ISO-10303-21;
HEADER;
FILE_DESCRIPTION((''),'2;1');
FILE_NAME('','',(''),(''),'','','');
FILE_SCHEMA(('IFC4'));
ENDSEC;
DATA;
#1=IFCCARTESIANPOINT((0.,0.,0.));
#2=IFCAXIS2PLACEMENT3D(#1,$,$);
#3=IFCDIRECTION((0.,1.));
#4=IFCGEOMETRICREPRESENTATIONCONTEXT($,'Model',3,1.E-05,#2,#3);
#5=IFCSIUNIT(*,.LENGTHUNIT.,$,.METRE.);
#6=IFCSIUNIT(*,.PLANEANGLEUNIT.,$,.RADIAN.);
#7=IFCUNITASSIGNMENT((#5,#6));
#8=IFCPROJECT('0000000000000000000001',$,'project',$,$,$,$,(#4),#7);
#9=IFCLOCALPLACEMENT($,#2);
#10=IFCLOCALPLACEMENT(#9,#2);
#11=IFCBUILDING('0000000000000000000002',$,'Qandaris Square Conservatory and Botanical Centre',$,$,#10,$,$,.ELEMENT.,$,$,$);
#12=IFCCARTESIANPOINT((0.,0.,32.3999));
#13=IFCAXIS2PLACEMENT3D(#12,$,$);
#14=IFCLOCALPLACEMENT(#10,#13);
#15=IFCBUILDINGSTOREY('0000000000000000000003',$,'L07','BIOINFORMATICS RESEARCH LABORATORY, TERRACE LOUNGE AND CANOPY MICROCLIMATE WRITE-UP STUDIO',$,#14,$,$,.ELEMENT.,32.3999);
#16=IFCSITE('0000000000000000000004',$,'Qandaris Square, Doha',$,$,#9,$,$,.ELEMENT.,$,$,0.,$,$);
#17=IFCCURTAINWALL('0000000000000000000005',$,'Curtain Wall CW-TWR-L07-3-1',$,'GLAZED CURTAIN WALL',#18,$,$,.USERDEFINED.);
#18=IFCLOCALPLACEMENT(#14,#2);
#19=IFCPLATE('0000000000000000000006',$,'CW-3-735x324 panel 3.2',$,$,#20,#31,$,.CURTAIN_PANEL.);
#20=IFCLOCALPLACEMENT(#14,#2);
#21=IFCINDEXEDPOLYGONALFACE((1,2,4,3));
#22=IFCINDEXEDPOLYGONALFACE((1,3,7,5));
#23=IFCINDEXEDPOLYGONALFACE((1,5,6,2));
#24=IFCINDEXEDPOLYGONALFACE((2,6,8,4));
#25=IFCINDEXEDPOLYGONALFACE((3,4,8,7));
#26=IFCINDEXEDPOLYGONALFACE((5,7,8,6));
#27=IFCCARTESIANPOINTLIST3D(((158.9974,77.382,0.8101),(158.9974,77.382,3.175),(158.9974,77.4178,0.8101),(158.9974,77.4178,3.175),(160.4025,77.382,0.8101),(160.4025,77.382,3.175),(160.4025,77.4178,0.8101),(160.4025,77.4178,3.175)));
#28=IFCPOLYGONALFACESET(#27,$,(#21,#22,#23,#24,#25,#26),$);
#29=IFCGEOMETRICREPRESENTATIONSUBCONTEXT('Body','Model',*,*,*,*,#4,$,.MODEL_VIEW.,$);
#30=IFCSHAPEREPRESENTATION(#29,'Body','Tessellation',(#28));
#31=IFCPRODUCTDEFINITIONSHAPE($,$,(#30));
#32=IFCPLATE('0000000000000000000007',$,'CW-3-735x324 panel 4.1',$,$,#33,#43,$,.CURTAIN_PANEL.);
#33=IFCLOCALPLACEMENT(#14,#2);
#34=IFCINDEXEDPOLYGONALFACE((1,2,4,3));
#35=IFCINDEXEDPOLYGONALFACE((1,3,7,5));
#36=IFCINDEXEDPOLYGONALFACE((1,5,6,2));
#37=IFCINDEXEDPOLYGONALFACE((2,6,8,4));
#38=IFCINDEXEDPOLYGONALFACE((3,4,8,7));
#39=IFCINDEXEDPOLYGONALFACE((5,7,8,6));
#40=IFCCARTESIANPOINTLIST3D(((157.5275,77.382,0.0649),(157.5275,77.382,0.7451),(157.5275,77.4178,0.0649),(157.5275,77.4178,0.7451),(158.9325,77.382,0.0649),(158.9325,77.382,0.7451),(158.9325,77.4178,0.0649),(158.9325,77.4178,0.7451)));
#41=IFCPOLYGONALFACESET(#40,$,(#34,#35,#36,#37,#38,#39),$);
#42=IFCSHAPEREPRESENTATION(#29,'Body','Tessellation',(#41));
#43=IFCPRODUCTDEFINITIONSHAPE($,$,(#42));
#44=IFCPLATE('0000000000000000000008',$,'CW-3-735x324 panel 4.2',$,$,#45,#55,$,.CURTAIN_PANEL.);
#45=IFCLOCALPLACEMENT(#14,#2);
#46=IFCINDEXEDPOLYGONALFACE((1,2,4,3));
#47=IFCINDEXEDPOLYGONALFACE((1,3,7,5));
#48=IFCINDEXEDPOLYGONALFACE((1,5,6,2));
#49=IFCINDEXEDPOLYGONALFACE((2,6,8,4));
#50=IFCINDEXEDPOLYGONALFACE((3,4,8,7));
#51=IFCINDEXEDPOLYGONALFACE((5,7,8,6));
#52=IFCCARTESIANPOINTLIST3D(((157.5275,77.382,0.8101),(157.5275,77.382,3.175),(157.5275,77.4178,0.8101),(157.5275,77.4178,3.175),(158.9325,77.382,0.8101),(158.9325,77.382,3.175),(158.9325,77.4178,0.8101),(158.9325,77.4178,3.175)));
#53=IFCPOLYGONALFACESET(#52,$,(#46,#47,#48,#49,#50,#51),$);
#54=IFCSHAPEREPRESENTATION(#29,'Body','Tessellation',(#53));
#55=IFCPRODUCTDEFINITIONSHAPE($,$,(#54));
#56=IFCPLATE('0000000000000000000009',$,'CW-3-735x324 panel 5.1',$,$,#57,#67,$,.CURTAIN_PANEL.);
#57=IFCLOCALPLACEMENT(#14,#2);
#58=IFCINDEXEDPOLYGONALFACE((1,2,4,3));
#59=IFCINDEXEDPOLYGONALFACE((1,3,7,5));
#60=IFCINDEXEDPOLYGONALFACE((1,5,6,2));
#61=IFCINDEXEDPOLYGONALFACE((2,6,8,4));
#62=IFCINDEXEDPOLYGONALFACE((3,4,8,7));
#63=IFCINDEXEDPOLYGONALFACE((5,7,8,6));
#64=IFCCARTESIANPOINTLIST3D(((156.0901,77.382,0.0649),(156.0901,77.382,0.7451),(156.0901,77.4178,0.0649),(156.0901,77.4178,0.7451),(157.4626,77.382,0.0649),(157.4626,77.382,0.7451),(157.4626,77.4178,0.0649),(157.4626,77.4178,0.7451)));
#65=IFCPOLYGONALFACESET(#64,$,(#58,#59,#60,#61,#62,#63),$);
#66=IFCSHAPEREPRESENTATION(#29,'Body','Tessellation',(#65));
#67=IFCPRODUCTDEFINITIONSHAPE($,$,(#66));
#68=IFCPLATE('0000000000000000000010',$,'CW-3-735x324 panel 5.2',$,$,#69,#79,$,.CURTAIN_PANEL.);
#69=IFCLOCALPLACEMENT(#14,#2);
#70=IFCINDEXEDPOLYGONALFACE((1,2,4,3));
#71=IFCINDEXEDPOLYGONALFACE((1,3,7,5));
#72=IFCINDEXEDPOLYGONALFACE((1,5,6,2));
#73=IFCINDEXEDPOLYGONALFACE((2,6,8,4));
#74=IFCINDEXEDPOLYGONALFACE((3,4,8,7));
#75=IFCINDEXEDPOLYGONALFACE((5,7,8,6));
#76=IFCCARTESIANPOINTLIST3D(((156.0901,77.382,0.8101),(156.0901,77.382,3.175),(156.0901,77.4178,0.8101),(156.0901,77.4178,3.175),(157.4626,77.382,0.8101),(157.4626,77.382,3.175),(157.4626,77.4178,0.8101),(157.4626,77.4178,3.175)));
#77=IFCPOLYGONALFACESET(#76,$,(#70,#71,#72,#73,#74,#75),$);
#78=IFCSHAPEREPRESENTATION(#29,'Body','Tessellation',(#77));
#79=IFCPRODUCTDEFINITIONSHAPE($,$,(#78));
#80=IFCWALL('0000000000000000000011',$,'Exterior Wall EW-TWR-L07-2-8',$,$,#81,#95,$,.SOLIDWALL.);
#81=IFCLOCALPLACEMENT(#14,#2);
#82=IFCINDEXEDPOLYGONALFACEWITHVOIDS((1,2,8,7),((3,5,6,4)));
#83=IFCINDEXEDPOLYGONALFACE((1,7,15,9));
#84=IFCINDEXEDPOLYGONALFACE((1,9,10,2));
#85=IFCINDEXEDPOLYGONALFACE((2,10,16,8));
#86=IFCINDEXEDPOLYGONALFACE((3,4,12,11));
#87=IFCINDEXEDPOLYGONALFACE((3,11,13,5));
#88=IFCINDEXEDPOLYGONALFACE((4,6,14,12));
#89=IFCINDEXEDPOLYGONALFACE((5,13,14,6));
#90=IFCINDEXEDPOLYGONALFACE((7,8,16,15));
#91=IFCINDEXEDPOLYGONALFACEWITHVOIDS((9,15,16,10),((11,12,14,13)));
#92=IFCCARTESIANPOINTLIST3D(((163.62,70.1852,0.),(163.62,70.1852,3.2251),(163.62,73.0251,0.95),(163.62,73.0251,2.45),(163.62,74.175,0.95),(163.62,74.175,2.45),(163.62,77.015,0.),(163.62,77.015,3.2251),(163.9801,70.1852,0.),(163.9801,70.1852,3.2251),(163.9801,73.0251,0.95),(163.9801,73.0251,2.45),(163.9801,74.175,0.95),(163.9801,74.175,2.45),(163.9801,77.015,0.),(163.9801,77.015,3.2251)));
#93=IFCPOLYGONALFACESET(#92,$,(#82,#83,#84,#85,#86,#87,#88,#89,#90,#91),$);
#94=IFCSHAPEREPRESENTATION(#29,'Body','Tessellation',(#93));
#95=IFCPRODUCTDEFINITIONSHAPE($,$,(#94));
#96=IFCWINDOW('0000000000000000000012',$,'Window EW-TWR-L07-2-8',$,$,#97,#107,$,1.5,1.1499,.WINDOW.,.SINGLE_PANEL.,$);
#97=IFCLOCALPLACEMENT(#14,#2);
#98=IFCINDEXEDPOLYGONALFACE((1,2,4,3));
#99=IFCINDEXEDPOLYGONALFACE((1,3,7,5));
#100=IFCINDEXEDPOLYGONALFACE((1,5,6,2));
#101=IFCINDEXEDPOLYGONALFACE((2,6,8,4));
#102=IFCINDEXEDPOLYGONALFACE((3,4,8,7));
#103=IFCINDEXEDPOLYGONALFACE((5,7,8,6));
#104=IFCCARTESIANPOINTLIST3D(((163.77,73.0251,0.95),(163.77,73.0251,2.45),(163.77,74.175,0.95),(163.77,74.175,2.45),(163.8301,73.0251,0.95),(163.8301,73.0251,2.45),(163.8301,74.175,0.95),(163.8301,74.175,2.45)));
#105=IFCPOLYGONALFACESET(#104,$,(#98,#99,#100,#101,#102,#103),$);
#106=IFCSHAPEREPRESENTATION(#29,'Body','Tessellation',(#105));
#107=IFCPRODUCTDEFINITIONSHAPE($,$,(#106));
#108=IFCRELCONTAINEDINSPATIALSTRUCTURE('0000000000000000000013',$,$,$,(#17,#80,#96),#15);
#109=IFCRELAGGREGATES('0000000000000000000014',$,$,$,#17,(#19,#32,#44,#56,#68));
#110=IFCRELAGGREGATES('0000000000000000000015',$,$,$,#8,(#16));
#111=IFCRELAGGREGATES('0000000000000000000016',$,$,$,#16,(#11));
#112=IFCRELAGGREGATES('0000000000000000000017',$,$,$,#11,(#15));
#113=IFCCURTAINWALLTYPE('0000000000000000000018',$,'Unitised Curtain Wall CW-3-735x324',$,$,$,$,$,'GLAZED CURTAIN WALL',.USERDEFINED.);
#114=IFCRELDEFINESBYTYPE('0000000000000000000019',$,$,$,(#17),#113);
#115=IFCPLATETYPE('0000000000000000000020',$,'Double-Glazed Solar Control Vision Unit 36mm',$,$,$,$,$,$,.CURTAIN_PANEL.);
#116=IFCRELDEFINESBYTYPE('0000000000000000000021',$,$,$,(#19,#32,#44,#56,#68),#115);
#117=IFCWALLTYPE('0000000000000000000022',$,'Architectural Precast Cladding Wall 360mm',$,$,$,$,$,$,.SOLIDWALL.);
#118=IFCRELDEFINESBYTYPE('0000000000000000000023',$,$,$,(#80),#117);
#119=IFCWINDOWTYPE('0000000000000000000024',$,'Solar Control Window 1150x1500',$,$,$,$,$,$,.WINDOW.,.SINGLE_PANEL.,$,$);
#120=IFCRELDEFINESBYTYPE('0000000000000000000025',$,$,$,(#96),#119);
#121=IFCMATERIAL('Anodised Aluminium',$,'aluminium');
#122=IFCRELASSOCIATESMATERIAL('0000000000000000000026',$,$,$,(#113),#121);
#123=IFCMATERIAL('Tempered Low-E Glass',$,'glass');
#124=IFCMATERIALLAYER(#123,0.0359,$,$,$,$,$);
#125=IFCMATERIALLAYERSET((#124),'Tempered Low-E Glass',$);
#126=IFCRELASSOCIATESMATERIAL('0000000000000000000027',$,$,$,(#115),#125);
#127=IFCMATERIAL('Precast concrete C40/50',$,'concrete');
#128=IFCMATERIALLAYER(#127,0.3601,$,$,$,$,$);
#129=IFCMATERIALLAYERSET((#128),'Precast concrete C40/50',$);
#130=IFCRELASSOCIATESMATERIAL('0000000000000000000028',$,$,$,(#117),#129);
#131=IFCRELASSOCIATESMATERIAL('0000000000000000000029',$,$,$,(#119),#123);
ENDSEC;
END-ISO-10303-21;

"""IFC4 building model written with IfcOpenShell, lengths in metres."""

from ifc_helpers import new_model, si_unit, direction, frame, frame_2d, origin, origin_2d, place, context, subcontext, project, spatial, rectangle, extrude, material, layer, layer_set, type_object, element, fill, aggregate, save


model = new_model("IFC4")

# Units and contexts
model_context = context("Model", 3, precision=1e-05, world=origin(), true_north=direction((0.0, 1.0)))
body_context = subcontext(model_context, "Body", "Model", "MODEL_VIEW")
ifc_project = project(units=[si_unit("LENGTHUNIT", "METRE"), si_unit("PLANEANGLEUNIT", "RADIAN")], contexts=[model_context])

# Site, building, storey
site_placement = place(None, origin())
site = spatial("IfcSite", under=ifc_project, at=site_placement, Name="Qandaris Square, Doha", CompositionType="ELEMENT", RefElevation=0.0)
building_placement = place(site_placement, origin())
building = spatial("IfcBuilding", under=site, at=building_placement, Name="Qandaris Square Conservatory and Botanical Centre", CompositionType="ELEMENT")
storey_placement = place(building_placement, frame((0.0, 0.0, 32.3999)))
storey = spatial("IfcBuildingStorey", under=building, at=storey_placement, Name="L07", Description="BIOINFORMATICS RESEARCH LABORATORY, TERRACE LOUNGE AND CANOPY MICROCLIMATE WRITE-UP STUDIO", CompositionType="ELEMENT", Elevation=32.3999)

# Curtain wall
ifc_material_1 = material(Name="Anodised Aluminium", Category="aluminium")
curtain_wall_type = type_object("IfcCurtainWallType", Name="Unitised Curtain Wall CW-3-735x324", ElementType="GLAZED CURTAIN WALL", PredefinedType="USERDEFINED", material=ifc_material_1)
curtain_wall_placement = place(storey_placement, origin())
curtain_wall = element("IfcCurtainWall", 1, at=curtain_wall_placement, inside=storey, type_object=curtain_wall_type, Name="Curtain Wall CW-TWR-L07-3-1", ObjectType="GLAZED CURTAIN WALL", PredefinedType="USERDEFINED")

# Plates
ifc_material_2 = material(Name="Tempered Low-E Glass", Category="glass")
ifc_layer_1 = layer(ifc_material_2, 0.0359)
ifc_layer_set_1 = layer_set([ifc_layer_1], Name="Tempered Low-E Glass")
plate_type = type_object("IfcPlateType", Name="Double-Glazed Solar Control Vision Unit 36mm", PredefinedType="CURTAIN_PANEL", material=ifc_layer_set_1)
plate_1_placement = place(storey_placement, frame((159.7, 77.3999, 0.8101), z_axis=(0.0, 0.0, 1.0), x_axis=(-1.0, 0.0, 0.0)))
plate_1 = element("IfcPlate", 2, at=plate_1_placement, type_object=plate_type, Name="CW-3-735x324 panel 3.2", PredefinedType="CURTAIN_PANEL", context=body_context, shape_type="SweptSolid", body=[
    extrude(rectangle(XDim=1.405, YDim=0.0359, at=origin_2d()), origin(), (0.0, 0.0, 1.0), 2.365),
])
plate_2_placement = place(storey_placement, frame((158.23, 77.3999, 0.0649), z_axis=(0.0, 0.0, 1.0), x_axis=(-1.0, 0.0, 0.0)))
plate_2 = element("IfcPlate", 3, at=plate_2_placement, type_object=plate_type, Name="CW-3-735x324 panel 4.1", PredefinedType="CURTAIN_PANEL", context=body_context, shape_type="SweptSolid", body=[
    extrude(rectangle(XDim=1.405, YDim=0.0359, at=origin_2d()), origin(), (0.0, 0.0, 1.0), 0.6802),
])
plate_3_placement = place(storey_placement, frame((158.23, 77.3999, 0.8101), z_axis=(0.0, 0.0, 1.0), x_axis=(-1.0, 0.0, 0.0)))
plate_3 = element("IfcPlate", 4, at=plate_3_placement, type_object=plate_type, Name="CW-3-735x324 panel 4.2", PredefinedType="CURTAIN_PANEL", context=body_context, shape_type="SweptSolid", body=[
    extrude(rectangle(XDim=1.405, YDim=0.0359, at=origin_2d()), origin(), (0.0, 0.0, 1.0), 2.365),
])
plate_4_placement = place(storey_placement, frame((156.7764, 77.3999, 0.0649), z_axis=(0.0, 0.0, 1.0), x_axis=(-1.0, 0.0, 0.0)))
plate_4 = element("IfcPlate", 5, at=plate_4_placement, type_object=plate_type, Name="CW-3-735x324 panel 5.1", PredefinedType="CURTAIN_PANEL", context=body_context, shape_type="SweptSolid", body=[
    extrude(rectangle(XDim=1.3726, YDim=0.0359, at=origin_2d()), origin(), (0.0, 0.0, 1.0), 0.6802),
])
plate_5_placement = place(storey_placement, frame((156.7764, 77.3999, 0.8101), z_axis=(0.0, 0.0, 1.0), x_axis=(-1.0, 0.0, 0.0)))
plate_5 = element("IfcPlate", 6, at=plate_5_placement, type_object=plate_type, Name="CW-3-735x324 panel 5.2", PredefinedType="CURTAIN_PANEL", context=body_context, shape_type="SweptSolid", body=[
    extrude(rectangle(XDim=1.3726, YDim=0.0359, at=origin_2d()), origin(), (0.0, 0.0, 1.0), 2.365),
])
aggregate(curtain_wall, [plate_1, plate_2, plate_3, plate_4, plate_5])

# Wall, opening, window
ifc_material_3 = material(Name="Precast concrete C40/50", Category="concrete")
ifc_layer_2 = layer(ifc_material_3, 0.3601)
ifc_layer_set_2 = layer_set([ifc_layer_2], Name="Precast concrete C40/50")
wall_type = type_object("IfcWallType", Name="Architectural Precast Cladding Wall 360mm", PredefinedType="SOLIDWALL", material=ifc_layer_set_2)
wall_placement = place(storey_placement, frame((163.8, 70.1851, 0.0), z_axis=(0.0, 0.0, 1.0), x_axis=(0.0, 1.0, 0.0)))
wall = element("IfcWall", 7, at=wall_placement, inside=storey, type_object=wall_type, Name="Exterior Wall EW-TWR-L07-2-8", PredefinedType="SOLIDWALL", context=body_context, shape_type="SweptSolid", body=[
    extrude(rectangle(XDim=6.8298, YDim=0.3601, at=frame_2d((3.415, 0.0))), origin(), (0.0, 0.0, 1.0), 3.2251),
])
opening_placement = place(wall_placement, frame((2.8401, 0.0, 0.95)))
opening = element("IfcOpeningElement", 8, at=opening_placement, cuts=wall, PredefinedType="OPENING", context=body_context, shape_type="SweptSolid", body=[
    extrude(rectangle(XDim=1.1499, YDim=1.5, at=frame_2d((0.575, 0.75))), frame((0.0, 0.1919, 0.0), z_axis=(0.0, -1.0, 0.0), x_axis=(1.0, 0.0, 0.0)), (0.0, 0.0, 1.0), 0.384),
])
window_type = type_object("IfcWindowType", Name="Solar Control Window 1150x1500", PartitioningType="SINGLE_PANEL", PredefinedType="WINDOW", material=ifc_material_2)
window_placement = place(opening_placement, origin())
window = element("IfcWindow", 9, at=window_placement, inside=storey, type_object=window_type, Name="Window EW-TWR-L07-2-8", OverallHeight=1.5, OverallWidth=1.1499, PartitioningType="SINGLE_PANEL", PredefinedType="WINDOW", context=body_context, shape_type="SweptSolid", body=[
    extrude(rectangle(XDim=1.1499, YDim=1.5, at=frame_2d((0.575, 0.75))), frame((0.0, 0.03, 0.0), z_axis=(0.0, -1.0, 0.0), x_axis=(1.0, 0.0, 0.0)), (0.0, 0.0, 1.0), 0.0601),
])
fill(opening, window)

save(model, "model.ifc")
